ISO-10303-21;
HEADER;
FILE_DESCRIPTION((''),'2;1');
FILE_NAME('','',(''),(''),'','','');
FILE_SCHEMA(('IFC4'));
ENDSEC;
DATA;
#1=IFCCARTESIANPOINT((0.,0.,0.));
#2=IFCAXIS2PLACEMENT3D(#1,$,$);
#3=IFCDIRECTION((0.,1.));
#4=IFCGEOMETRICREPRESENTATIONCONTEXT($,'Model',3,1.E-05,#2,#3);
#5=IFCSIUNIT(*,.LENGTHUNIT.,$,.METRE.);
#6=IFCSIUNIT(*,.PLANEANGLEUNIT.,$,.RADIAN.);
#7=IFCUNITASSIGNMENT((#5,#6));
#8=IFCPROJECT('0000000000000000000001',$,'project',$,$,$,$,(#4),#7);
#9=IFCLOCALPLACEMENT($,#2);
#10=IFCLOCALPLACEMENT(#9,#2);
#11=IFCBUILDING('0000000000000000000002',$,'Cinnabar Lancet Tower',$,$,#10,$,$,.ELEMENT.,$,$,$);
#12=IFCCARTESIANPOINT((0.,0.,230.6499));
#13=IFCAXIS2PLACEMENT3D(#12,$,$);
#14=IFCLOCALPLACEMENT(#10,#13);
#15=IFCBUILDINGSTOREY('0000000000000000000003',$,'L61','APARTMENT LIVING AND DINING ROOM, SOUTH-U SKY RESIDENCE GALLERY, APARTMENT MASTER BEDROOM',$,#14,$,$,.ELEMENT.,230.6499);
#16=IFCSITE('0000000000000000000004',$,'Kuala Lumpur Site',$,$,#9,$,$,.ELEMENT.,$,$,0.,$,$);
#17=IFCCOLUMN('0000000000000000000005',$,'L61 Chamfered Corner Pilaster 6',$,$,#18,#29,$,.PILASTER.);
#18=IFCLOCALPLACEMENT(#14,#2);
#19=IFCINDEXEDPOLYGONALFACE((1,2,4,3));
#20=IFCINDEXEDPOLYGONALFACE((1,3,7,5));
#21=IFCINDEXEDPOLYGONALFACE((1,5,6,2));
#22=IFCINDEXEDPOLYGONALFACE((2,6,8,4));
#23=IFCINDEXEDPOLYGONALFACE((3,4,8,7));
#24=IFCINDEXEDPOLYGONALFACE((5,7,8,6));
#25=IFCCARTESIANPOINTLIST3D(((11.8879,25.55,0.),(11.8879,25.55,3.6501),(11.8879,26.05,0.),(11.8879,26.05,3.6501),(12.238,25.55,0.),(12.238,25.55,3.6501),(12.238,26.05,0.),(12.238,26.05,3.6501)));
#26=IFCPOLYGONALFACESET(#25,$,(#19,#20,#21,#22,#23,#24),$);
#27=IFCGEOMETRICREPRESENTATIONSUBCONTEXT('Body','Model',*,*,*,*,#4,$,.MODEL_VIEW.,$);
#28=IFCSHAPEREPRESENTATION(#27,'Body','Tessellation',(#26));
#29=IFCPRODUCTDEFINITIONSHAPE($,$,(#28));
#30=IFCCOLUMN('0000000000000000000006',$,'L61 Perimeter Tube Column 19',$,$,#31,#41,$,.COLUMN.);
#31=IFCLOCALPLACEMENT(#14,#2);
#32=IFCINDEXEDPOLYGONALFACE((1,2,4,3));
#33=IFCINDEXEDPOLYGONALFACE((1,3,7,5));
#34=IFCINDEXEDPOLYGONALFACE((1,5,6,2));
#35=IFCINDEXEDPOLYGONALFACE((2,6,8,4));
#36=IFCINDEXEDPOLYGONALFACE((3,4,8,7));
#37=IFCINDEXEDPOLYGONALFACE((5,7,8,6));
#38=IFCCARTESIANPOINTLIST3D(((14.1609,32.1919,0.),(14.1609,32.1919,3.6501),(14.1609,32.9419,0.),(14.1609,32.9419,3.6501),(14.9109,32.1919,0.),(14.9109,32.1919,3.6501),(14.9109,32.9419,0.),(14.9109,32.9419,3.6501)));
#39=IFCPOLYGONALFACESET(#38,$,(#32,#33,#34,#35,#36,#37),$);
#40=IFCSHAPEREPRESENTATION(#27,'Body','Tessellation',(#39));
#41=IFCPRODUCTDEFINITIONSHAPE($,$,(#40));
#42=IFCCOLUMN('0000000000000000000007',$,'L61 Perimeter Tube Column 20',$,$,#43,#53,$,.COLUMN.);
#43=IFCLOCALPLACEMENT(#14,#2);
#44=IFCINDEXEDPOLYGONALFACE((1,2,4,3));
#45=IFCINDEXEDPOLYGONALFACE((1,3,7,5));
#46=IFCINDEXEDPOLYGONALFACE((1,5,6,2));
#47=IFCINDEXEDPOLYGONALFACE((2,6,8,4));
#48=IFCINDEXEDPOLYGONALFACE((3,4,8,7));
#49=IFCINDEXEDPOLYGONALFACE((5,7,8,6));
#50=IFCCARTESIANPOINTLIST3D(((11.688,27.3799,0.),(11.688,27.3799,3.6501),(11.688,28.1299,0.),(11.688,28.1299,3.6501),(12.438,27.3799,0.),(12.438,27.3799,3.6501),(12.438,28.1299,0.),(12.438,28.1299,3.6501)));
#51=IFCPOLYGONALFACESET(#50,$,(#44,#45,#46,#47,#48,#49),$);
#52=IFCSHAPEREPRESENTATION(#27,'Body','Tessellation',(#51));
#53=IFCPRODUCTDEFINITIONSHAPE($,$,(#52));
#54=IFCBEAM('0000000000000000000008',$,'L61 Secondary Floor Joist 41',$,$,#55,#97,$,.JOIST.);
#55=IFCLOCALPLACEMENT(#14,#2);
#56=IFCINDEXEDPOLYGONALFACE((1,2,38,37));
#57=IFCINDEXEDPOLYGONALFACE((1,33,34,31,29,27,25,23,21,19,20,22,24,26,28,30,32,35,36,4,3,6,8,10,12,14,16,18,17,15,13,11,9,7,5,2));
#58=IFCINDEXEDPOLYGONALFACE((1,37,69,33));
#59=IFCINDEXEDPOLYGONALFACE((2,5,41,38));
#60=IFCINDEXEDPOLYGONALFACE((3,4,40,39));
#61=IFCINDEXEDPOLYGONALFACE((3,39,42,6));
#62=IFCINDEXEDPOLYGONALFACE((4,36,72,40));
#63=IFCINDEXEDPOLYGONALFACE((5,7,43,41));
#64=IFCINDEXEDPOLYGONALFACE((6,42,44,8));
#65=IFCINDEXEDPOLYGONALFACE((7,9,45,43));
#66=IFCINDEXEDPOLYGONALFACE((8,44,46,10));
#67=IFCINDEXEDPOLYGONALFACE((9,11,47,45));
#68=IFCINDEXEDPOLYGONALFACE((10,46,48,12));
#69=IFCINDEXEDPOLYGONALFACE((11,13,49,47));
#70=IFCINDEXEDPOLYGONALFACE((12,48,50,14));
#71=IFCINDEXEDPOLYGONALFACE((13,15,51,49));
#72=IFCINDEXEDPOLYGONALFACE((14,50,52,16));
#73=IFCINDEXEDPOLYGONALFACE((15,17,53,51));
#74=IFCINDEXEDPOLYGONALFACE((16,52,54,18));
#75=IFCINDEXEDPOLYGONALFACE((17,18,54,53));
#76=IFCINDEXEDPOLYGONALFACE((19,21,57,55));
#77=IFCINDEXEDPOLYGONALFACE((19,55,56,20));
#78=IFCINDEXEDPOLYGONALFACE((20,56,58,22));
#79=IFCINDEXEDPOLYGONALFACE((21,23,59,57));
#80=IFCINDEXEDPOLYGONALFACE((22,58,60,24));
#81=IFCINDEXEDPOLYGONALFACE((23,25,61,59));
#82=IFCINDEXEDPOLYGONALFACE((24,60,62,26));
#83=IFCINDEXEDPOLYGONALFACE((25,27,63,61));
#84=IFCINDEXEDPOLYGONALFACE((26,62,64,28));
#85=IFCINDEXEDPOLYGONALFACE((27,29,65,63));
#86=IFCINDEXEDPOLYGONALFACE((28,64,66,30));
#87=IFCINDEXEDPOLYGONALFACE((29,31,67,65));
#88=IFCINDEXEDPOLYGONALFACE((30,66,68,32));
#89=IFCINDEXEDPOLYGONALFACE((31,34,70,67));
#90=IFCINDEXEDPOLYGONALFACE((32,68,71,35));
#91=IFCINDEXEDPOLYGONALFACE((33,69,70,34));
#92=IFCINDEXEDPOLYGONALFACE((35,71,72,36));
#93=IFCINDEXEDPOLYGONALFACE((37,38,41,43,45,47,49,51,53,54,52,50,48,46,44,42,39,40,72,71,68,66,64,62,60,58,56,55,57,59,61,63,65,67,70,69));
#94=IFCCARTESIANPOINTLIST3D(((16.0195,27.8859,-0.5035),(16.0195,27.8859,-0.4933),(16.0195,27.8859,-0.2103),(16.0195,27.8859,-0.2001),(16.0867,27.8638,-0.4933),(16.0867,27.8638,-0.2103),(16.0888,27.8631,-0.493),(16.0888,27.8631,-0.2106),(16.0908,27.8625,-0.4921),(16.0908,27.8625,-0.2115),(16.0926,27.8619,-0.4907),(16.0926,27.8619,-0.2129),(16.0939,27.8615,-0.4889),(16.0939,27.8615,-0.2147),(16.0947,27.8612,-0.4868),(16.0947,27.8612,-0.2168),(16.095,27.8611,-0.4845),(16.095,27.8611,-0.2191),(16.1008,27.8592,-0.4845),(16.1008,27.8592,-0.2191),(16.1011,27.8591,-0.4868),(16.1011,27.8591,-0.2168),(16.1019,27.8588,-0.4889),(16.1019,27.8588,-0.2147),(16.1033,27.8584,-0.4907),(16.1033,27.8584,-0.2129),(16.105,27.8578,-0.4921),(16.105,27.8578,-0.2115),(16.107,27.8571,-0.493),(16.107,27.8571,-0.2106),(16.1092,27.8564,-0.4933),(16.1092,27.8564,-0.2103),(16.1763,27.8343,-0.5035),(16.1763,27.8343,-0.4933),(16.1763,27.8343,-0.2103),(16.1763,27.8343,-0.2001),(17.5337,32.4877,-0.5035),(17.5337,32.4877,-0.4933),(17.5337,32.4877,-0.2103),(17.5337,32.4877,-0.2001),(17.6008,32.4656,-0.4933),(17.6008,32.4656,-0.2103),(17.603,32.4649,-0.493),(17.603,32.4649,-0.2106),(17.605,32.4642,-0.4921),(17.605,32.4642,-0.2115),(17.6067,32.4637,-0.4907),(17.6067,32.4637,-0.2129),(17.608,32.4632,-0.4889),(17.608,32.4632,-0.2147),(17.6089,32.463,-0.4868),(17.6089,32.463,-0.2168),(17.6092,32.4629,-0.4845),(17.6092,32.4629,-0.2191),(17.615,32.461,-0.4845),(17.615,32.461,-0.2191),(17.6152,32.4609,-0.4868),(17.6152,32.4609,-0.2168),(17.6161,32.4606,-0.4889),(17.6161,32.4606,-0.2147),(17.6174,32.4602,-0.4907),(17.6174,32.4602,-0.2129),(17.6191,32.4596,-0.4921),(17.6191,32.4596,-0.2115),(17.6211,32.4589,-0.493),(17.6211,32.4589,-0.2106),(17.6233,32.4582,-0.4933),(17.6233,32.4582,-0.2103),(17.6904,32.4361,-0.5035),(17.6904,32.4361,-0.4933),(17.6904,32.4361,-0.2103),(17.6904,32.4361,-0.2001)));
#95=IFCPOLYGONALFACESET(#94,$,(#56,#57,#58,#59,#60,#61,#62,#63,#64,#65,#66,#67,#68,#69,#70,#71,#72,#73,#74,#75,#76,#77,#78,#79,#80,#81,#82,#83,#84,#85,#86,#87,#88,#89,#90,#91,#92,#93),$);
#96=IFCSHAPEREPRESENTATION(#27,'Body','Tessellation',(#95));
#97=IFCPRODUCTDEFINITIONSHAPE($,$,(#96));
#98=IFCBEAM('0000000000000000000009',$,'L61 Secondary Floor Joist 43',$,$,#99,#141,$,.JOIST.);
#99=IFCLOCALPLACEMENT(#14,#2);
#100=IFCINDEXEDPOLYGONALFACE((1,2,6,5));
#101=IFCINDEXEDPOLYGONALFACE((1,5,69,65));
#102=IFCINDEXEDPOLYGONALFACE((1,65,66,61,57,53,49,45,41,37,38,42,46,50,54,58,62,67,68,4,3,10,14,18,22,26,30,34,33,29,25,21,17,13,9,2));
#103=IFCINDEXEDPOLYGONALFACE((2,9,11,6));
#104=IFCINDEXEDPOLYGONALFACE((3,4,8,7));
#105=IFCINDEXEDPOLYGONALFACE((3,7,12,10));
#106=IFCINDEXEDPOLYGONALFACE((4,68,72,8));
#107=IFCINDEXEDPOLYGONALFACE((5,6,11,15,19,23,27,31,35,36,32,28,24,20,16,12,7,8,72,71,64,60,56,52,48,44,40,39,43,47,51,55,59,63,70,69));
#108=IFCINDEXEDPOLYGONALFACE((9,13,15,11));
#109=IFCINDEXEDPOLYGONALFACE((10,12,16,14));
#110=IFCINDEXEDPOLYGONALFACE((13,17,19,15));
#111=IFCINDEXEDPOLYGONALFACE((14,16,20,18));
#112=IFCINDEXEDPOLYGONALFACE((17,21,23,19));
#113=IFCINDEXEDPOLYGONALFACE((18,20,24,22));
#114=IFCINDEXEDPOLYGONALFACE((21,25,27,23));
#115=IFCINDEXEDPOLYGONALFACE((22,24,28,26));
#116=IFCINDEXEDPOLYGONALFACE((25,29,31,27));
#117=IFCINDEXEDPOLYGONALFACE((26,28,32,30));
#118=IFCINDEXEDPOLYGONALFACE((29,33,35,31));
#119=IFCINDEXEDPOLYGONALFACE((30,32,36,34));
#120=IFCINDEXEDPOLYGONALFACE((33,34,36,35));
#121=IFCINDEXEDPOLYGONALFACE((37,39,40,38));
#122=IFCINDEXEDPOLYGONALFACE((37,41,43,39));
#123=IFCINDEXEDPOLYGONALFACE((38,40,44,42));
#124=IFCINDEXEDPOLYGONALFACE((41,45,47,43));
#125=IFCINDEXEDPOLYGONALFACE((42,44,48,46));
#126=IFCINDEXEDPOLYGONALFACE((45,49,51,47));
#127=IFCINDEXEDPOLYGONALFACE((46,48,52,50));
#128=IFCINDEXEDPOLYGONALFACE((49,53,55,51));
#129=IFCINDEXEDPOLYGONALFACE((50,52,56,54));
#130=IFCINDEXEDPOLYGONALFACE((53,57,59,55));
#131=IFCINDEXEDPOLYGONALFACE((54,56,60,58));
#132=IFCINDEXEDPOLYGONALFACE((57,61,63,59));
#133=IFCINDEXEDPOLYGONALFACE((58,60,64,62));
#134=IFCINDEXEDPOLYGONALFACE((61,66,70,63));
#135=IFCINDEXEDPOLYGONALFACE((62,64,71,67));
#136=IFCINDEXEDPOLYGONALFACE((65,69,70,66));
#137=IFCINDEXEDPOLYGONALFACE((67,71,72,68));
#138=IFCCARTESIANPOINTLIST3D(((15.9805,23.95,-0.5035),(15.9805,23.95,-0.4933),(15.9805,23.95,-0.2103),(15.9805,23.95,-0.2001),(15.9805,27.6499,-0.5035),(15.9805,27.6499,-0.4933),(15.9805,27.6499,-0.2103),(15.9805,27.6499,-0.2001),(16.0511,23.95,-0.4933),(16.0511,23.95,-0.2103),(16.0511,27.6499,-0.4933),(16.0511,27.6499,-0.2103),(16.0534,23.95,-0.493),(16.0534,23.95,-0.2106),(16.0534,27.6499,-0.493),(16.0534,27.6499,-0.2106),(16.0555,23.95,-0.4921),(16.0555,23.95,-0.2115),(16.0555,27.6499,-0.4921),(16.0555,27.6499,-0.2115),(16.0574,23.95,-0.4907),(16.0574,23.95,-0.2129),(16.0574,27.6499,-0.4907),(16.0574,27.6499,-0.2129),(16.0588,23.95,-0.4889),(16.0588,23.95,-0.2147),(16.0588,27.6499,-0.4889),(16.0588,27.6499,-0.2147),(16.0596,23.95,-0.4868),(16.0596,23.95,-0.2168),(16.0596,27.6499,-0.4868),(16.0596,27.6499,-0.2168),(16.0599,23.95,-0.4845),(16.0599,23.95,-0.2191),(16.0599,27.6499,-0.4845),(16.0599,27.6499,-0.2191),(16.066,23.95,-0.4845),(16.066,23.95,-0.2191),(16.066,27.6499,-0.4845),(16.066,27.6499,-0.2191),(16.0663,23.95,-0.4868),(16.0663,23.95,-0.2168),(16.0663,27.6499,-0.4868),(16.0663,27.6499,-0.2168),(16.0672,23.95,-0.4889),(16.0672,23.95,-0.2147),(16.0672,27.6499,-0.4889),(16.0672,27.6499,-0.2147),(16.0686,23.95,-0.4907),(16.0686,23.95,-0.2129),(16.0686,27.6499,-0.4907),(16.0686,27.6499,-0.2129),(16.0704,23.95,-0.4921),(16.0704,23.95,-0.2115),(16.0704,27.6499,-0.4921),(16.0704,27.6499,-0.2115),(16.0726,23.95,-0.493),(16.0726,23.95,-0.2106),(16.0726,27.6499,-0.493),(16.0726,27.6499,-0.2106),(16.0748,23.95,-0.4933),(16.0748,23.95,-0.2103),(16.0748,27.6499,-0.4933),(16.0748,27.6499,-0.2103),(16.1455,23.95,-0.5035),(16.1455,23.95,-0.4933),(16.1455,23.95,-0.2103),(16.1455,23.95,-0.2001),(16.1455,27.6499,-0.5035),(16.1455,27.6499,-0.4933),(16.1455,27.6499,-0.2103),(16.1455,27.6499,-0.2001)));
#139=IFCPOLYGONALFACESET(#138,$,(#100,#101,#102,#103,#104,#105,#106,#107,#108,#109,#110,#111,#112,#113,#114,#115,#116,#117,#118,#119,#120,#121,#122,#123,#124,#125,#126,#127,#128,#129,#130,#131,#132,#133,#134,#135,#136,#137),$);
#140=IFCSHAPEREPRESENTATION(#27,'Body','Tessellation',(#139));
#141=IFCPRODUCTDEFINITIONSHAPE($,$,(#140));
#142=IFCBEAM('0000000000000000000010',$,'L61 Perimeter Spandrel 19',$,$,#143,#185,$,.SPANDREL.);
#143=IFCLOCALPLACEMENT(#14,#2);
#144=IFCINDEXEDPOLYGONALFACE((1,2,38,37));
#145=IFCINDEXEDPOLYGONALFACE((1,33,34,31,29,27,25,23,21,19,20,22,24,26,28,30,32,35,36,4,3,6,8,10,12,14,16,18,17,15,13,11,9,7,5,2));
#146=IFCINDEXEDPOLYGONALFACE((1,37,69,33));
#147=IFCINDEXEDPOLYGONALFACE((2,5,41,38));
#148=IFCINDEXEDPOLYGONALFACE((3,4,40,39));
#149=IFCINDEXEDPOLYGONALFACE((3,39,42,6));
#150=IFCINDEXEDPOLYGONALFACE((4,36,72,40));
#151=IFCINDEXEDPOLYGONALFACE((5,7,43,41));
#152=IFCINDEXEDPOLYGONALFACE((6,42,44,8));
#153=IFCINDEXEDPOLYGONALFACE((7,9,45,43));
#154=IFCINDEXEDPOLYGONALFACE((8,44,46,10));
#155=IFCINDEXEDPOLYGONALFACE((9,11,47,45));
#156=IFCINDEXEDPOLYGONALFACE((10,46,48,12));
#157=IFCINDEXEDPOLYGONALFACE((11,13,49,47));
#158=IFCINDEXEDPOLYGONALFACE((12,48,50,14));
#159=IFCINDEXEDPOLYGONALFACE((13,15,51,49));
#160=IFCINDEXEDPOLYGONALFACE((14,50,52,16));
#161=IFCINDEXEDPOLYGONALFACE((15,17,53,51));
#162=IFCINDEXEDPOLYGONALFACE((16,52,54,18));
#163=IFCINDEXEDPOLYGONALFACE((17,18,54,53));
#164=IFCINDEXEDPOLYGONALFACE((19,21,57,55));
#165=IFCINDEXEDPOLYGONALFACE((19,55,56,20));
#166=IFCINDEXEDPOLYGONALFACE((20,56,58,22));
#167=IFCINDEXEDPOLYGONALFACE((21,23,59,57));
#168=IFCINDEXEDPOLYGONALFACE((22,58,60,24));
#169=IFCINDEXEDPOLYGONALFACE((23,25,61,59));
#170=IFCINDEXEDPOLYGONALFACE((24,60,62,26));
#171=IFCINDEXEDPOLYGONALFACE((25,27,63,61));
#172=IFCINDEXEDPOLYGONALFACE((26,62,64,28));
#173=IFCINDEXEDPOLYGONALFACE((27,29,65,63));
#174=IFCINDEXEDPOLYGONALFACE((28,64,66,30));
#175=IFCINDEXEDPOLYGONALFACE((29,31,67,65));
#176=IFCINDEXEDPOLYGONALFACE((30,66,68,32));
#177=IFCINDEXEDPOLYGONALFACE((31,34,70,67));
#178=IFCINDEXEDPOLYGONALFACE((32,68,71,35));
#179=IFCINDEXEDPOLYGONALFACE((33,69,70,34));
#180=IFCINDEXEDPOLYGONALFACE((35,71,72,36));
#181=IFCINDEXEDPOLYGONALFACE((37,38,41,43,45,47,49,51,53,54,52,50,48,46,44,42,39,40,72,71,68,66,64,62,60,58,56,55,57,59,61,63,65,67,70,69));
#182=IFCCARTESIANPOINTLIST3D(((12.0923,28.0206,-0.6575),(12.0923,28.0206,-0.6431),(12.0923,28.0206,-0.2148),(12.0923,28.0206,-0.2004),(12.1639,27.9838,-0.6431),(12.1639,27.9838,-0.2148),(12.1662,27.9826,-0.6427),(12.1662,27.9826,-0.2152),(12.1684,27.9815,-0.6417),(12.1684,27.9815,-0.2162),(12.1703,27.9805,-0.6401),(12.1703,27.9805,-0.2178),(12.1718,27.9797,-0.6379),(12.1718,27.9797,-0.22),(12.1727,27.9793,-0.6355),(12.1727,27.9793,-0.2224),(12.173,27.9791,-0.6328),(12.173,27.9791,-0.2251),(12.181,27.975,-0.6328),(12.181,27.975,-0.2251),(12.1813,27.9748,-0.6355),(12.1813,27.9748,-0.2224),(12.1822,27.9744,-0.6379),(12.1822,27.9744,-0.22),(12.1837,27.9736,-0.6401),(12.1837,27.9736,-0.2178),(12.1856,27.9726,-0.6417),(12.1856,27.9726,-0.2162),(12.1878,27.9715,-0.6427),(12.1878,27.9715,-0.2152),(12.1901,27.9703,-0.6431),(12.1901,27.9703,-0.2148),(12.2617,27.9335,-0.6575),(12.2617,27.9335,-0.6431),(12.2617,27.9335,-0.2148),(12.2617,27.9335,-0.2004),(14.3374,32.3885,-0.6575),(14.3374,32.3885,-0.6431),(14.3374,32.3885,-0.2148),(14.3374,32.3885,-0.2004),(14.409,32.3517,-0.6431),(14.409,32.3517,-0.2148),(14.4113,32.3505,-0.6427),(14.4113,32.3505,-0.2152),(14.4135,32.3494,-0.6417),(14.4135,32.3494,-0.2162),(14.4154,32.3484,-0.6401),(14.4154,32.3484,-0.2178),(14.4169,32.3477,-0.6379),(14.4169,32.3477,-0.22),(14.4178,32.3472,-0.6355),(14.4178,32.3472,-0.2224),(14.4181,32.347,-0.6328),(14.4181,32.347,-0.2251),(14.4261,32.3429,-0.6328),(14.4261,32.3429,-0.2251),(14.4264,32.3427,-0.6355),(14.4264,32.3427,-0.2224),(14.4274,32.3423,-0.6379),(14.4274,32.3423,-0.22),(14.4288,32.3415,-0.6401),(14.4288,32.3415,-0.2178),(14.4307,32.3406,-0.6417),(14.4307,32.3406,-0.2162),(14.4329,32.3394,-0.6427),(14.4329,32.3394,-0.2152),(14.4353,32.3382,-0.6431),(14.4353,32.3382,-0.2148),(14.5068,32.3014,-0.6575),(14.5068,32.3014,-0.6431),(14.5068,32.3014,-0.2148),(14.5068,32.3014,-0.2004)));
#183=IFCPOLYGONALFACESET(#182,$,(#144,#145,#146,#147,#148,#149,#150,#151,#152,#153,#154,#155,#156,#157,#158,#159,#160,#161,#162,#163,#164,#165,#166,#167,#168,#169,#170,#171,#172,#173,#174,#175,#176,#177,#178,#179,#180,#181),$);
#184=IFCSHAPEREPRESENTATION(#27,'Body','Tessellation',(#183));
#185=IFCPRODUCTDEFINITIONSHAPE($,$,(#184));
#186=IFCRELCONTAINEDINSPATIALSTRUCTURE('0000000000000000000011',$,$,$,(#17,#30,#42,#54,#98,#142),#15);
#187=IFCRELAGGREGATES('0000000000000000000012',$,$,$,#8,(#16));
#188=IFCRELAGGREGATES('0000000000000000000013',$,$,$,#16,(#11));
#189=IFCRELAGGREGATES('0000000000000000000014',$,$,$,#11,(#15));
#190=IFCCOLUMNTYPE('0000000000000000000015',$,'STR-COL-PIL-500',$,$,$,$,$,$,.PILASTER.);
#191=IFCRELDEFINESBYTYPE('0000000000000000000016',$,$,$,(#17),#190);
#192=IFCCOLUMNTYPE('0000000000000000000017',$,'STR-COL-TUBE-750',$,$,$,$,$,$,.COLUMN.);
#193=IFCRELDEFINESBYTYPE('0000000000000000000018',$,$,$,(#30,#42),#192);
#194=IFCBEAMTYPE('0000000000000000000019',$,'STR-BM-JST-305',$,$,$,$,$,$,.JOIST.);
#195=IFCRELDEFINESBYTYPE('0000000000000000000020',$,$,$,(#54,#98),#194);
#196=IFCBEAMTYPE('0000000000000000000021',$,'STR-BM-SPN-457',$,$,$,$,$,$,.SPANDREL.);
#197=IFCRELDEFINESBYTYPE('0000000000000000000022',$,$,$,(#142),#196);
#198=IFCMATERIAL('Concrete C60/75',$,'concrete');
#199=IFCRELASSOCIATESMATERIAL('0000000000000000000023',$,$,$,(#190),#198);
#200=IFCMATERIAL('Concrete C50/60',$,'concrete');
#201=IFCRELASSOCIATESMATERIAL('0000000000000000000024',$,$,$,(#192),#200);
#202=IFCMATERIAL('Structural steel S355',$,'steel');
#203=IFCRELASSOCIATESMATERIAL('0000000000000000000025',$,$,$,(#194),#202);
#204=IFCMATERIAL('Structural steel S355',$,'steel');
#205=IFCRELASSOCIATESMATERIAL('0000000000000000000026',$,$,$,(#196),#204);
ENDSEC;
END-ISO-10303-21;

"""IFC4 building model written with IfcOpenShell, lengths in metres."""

from ifc_helpers import new_model, si_unit, direction, frame, origin, origin_2d, place, context, subcontext, project, spatial, rectangle, i_section, extrude, material, material_profile, profile_set, type_object, element, save


model = new_model("IFC4")

# Units and contexts
model_context = context("Model", 3, precision=1e-05, world=origin(), true_north=direction((0.0, 1.0)))
body_context = subcontext(model_context, "Body", "Model", "MODEL_VIEW")
ifc_project = project(units=[si_unit("LENGTHUNIT", "METRE"), si_unit("PLANEANGLEUNIT", "RADIAN")], contexts=[model_context])

# Site, building, storey
site_placement = place(None, origin())
site = spatial("IfcSite", under=ifc_project, at=site_placement, Name="Kuala Lumpur Site", CompositionType="ELEMENT", RefElevation=0.0)
building_placement = place(site_placement, origin())
building = spatial("IfcBuilding", under=site, at=building_placement, Name="Cinnabar Lancet Tower", CompositionType="ELEMENT")
storey_placement = place(building_placement, frame((0.0, 0.0, 230.6499)))
storey = spatial("IfcBuildingStorey", under=building, at=storey_placement, Name="L61", Description="APARTMENT LIVING AND DINING ROOM, SOUTH-U SKY RESIDENCE GALLERY, APARTMENT MASTER BEDROOM", CompositionType="ELEMENT", Elevation=230.6499)

# Columns
ifc_material_1 = material(Name="Concrete C60/75", Category="concrete")
ifc_material_profile_1 = material_profile(ifc_material_1, rectangle(XDim=0.5, YDim=0.3501, at=origin_2d()), Name="RC-PIL 500x350")
ifc_profile_set_1 = profile_set([ifc_material_profile_1], Name="Concrete C60/75")
column_type_1 = type_object("IfcColumnType", Name="STR-COL-PIL-500", PredefinedType="PILASTER", material=ifc_profile_set_1)
column_placement = place(storey_placement, frame((12.063, 25.8, 0.0), z_axis=(0.0, 0.0, 1.0), x_axis=(0.0, -1.0, 0.0)))
element("IfcColumn", 1, at=column_placement, inside=storey, type_object=column_type_1, Name="L61 Chamfered Corner Pilaster 6", PredefinedType="PILASTER", context=body_context, shape_type="SweptSolid", body=[
    extrude(rectangle(XDim=0.5, YDim=0.3501, at=origin_2d()), origin(), (0.0, 0.0, 1.0), 3.6501),
])
ifc_material_2 = material(Name="Concrete C50/60", Category="concrete")
ifc_material_profile_2 = material_profile(ifc_material_2, rectangle(XDim=0.75, YDim=0.75, at=origin_2d()), Name="RC-COL 750x750")
ifc_profile_set_2 = profile_set([ifc_material_profile_2], Name="Concrete C50/60")
column_type_2 = type_object("IfcColumnType", Name="STR-COL-TUBE-750", PredefinedType="COLUMN", material=ifc_profile_set_2)
for number, where, z_axis, x_axis, name in (
    (2, (14.5359, 32.5669, 0.0), (0.0, 0.0, 1.0), (1.0, 0.0, 0.0), "L61 Perimeter Tube Column 19"),
    (3, (12.063, 27.7549, 0.0), (0.0, 0.0, 1.0), (1.0, 0.0, 0.0), "L61 Perimeter Tube Column 20"),
):
    element("IfcColumn", number, at=place(storey_placement, frame(where, z_axis=z_axis, x_axis=x_axis)), inside=storey, type_object=column_type_2, Name=name, PredefinedType="COLUMN", context=body_context, shape_type="SweptSolid", body=[
        extrude(rectangle(XDim=0.75, YDim=0.75, at=origin_2d()), origin(), (0.0, 0.0, 1.0), 3.6501),
    ])

# Beams
ifc_material_3 = material(Name="Structural steel S355", Category="steel")
ifc_material_profile_3 = material_profile(ifc_material_3, i_section(OverallWidth=0.165, OverallDepth=0.3035, WebThickness=0.0061, FlangeThickness=0.0103, FilletRadius=0.0088, at=origin_2d()), Name="UKB 305x165x40")
ifc_profile_set_3 = profile_set([ifc_material_profile_3], Name="Structural steel S355")
beam_type_1 = type_object("IfcBeamType", Name="STR-BM-JST-305", PredefinedType="JOIST", material=ifc_profile_set_3)
beam_1_placement = place(storey_placement, frame((17.6121, 32.4619, -0.3518), z_axis=(-0.312552, -0.949901, 0.0), x_axis=(0.949901, -0.312552, 0.0)))
element("IfcBeam", 4, at=beam_1_placement, inside=storey, type_object=beam_type_1, Name="L61 Secondary Floor Joist 41", PredefinedType="JOIST", context=body_context, shape_type="SweptSolid", body=[
    extrude(i_section(OverallWidth=0.165, OverallDepth=0.3035, WebThickness=0.0061, FlangeThickness=0.0103, FilletRadius=0.0088, at=origin_2d()), origin(), (0.0, 0.0, 1.0), 4.8445),
])
beam_2_placement = place(storey_placement, frame((16.063, 27.6499, -0.3518), z_axis=(0.0, -1.0, 0.0), x_axis=(1.0, 0.0, 0.0)))
element("IfcBeam", 5, at=beam_2_placement, inside=storey, type_object=beam_type_1, Name="L61 Secondary Floor Joist 43", PredefinedType="JOIST", context=body_context, shape_type="SweptSolid", body=[
    extrude(i_section(OverallWidth=0.165, OverallDepth=0.3035, WebThickness=0.0061, FlangeThickness=0.0103, FilletRadius=0.0088, at=origin_2d()), origin(), (0.0, 0.0, 1.0), 3.7),
])
ifc_material_4 = material(Name="Structural steel S355", Category="steel")
ifc_material_profile_4 = material_profile(ifc_material_4, i_section(OverallWidth=0.1904, OverallDepth=0.457, WebThickness=0.009, FlangeThickness=0.0144, FilletRadius=0.0103, at=origin_2d()), Name="UKB 457x191x74")
ifc_profile_set_4 = profile_set([ifc_material_profile_4], Name="Structural steel S355")
beam_type_2 = type_object("IfcBeamType", Name="STR-BM-SPN-457", PredefinedType="SPANDREL", material=ifc_profile_set_4)
beam_3_placement = place(storey_placement, frame((14.4221, 32.345, -0.429), z_axis=(-0.457148, -0.889391, 0.0), x_axis=(0.889391, -0.457148, 0.0)))
element("IfcBeam", 6, at=beam_3_placement, inside=storey, type_object=beam_type_2, Name="L61 Perimeter Spandrel 19", PredefinedType="SPANDREL", context=body_context, shape_type="SweptSolid", body=[
    extrude(i_section(OverallWidth=0.1904, OverallDepth=0.457, WebThickness=0.009, FlangeThickness=0.0144, FilletRadius=0.0103, at=origin_2d()), origin(), (0.0, 0.0, 1.0), 4.9111),
])

save(model, "model.ifc")
